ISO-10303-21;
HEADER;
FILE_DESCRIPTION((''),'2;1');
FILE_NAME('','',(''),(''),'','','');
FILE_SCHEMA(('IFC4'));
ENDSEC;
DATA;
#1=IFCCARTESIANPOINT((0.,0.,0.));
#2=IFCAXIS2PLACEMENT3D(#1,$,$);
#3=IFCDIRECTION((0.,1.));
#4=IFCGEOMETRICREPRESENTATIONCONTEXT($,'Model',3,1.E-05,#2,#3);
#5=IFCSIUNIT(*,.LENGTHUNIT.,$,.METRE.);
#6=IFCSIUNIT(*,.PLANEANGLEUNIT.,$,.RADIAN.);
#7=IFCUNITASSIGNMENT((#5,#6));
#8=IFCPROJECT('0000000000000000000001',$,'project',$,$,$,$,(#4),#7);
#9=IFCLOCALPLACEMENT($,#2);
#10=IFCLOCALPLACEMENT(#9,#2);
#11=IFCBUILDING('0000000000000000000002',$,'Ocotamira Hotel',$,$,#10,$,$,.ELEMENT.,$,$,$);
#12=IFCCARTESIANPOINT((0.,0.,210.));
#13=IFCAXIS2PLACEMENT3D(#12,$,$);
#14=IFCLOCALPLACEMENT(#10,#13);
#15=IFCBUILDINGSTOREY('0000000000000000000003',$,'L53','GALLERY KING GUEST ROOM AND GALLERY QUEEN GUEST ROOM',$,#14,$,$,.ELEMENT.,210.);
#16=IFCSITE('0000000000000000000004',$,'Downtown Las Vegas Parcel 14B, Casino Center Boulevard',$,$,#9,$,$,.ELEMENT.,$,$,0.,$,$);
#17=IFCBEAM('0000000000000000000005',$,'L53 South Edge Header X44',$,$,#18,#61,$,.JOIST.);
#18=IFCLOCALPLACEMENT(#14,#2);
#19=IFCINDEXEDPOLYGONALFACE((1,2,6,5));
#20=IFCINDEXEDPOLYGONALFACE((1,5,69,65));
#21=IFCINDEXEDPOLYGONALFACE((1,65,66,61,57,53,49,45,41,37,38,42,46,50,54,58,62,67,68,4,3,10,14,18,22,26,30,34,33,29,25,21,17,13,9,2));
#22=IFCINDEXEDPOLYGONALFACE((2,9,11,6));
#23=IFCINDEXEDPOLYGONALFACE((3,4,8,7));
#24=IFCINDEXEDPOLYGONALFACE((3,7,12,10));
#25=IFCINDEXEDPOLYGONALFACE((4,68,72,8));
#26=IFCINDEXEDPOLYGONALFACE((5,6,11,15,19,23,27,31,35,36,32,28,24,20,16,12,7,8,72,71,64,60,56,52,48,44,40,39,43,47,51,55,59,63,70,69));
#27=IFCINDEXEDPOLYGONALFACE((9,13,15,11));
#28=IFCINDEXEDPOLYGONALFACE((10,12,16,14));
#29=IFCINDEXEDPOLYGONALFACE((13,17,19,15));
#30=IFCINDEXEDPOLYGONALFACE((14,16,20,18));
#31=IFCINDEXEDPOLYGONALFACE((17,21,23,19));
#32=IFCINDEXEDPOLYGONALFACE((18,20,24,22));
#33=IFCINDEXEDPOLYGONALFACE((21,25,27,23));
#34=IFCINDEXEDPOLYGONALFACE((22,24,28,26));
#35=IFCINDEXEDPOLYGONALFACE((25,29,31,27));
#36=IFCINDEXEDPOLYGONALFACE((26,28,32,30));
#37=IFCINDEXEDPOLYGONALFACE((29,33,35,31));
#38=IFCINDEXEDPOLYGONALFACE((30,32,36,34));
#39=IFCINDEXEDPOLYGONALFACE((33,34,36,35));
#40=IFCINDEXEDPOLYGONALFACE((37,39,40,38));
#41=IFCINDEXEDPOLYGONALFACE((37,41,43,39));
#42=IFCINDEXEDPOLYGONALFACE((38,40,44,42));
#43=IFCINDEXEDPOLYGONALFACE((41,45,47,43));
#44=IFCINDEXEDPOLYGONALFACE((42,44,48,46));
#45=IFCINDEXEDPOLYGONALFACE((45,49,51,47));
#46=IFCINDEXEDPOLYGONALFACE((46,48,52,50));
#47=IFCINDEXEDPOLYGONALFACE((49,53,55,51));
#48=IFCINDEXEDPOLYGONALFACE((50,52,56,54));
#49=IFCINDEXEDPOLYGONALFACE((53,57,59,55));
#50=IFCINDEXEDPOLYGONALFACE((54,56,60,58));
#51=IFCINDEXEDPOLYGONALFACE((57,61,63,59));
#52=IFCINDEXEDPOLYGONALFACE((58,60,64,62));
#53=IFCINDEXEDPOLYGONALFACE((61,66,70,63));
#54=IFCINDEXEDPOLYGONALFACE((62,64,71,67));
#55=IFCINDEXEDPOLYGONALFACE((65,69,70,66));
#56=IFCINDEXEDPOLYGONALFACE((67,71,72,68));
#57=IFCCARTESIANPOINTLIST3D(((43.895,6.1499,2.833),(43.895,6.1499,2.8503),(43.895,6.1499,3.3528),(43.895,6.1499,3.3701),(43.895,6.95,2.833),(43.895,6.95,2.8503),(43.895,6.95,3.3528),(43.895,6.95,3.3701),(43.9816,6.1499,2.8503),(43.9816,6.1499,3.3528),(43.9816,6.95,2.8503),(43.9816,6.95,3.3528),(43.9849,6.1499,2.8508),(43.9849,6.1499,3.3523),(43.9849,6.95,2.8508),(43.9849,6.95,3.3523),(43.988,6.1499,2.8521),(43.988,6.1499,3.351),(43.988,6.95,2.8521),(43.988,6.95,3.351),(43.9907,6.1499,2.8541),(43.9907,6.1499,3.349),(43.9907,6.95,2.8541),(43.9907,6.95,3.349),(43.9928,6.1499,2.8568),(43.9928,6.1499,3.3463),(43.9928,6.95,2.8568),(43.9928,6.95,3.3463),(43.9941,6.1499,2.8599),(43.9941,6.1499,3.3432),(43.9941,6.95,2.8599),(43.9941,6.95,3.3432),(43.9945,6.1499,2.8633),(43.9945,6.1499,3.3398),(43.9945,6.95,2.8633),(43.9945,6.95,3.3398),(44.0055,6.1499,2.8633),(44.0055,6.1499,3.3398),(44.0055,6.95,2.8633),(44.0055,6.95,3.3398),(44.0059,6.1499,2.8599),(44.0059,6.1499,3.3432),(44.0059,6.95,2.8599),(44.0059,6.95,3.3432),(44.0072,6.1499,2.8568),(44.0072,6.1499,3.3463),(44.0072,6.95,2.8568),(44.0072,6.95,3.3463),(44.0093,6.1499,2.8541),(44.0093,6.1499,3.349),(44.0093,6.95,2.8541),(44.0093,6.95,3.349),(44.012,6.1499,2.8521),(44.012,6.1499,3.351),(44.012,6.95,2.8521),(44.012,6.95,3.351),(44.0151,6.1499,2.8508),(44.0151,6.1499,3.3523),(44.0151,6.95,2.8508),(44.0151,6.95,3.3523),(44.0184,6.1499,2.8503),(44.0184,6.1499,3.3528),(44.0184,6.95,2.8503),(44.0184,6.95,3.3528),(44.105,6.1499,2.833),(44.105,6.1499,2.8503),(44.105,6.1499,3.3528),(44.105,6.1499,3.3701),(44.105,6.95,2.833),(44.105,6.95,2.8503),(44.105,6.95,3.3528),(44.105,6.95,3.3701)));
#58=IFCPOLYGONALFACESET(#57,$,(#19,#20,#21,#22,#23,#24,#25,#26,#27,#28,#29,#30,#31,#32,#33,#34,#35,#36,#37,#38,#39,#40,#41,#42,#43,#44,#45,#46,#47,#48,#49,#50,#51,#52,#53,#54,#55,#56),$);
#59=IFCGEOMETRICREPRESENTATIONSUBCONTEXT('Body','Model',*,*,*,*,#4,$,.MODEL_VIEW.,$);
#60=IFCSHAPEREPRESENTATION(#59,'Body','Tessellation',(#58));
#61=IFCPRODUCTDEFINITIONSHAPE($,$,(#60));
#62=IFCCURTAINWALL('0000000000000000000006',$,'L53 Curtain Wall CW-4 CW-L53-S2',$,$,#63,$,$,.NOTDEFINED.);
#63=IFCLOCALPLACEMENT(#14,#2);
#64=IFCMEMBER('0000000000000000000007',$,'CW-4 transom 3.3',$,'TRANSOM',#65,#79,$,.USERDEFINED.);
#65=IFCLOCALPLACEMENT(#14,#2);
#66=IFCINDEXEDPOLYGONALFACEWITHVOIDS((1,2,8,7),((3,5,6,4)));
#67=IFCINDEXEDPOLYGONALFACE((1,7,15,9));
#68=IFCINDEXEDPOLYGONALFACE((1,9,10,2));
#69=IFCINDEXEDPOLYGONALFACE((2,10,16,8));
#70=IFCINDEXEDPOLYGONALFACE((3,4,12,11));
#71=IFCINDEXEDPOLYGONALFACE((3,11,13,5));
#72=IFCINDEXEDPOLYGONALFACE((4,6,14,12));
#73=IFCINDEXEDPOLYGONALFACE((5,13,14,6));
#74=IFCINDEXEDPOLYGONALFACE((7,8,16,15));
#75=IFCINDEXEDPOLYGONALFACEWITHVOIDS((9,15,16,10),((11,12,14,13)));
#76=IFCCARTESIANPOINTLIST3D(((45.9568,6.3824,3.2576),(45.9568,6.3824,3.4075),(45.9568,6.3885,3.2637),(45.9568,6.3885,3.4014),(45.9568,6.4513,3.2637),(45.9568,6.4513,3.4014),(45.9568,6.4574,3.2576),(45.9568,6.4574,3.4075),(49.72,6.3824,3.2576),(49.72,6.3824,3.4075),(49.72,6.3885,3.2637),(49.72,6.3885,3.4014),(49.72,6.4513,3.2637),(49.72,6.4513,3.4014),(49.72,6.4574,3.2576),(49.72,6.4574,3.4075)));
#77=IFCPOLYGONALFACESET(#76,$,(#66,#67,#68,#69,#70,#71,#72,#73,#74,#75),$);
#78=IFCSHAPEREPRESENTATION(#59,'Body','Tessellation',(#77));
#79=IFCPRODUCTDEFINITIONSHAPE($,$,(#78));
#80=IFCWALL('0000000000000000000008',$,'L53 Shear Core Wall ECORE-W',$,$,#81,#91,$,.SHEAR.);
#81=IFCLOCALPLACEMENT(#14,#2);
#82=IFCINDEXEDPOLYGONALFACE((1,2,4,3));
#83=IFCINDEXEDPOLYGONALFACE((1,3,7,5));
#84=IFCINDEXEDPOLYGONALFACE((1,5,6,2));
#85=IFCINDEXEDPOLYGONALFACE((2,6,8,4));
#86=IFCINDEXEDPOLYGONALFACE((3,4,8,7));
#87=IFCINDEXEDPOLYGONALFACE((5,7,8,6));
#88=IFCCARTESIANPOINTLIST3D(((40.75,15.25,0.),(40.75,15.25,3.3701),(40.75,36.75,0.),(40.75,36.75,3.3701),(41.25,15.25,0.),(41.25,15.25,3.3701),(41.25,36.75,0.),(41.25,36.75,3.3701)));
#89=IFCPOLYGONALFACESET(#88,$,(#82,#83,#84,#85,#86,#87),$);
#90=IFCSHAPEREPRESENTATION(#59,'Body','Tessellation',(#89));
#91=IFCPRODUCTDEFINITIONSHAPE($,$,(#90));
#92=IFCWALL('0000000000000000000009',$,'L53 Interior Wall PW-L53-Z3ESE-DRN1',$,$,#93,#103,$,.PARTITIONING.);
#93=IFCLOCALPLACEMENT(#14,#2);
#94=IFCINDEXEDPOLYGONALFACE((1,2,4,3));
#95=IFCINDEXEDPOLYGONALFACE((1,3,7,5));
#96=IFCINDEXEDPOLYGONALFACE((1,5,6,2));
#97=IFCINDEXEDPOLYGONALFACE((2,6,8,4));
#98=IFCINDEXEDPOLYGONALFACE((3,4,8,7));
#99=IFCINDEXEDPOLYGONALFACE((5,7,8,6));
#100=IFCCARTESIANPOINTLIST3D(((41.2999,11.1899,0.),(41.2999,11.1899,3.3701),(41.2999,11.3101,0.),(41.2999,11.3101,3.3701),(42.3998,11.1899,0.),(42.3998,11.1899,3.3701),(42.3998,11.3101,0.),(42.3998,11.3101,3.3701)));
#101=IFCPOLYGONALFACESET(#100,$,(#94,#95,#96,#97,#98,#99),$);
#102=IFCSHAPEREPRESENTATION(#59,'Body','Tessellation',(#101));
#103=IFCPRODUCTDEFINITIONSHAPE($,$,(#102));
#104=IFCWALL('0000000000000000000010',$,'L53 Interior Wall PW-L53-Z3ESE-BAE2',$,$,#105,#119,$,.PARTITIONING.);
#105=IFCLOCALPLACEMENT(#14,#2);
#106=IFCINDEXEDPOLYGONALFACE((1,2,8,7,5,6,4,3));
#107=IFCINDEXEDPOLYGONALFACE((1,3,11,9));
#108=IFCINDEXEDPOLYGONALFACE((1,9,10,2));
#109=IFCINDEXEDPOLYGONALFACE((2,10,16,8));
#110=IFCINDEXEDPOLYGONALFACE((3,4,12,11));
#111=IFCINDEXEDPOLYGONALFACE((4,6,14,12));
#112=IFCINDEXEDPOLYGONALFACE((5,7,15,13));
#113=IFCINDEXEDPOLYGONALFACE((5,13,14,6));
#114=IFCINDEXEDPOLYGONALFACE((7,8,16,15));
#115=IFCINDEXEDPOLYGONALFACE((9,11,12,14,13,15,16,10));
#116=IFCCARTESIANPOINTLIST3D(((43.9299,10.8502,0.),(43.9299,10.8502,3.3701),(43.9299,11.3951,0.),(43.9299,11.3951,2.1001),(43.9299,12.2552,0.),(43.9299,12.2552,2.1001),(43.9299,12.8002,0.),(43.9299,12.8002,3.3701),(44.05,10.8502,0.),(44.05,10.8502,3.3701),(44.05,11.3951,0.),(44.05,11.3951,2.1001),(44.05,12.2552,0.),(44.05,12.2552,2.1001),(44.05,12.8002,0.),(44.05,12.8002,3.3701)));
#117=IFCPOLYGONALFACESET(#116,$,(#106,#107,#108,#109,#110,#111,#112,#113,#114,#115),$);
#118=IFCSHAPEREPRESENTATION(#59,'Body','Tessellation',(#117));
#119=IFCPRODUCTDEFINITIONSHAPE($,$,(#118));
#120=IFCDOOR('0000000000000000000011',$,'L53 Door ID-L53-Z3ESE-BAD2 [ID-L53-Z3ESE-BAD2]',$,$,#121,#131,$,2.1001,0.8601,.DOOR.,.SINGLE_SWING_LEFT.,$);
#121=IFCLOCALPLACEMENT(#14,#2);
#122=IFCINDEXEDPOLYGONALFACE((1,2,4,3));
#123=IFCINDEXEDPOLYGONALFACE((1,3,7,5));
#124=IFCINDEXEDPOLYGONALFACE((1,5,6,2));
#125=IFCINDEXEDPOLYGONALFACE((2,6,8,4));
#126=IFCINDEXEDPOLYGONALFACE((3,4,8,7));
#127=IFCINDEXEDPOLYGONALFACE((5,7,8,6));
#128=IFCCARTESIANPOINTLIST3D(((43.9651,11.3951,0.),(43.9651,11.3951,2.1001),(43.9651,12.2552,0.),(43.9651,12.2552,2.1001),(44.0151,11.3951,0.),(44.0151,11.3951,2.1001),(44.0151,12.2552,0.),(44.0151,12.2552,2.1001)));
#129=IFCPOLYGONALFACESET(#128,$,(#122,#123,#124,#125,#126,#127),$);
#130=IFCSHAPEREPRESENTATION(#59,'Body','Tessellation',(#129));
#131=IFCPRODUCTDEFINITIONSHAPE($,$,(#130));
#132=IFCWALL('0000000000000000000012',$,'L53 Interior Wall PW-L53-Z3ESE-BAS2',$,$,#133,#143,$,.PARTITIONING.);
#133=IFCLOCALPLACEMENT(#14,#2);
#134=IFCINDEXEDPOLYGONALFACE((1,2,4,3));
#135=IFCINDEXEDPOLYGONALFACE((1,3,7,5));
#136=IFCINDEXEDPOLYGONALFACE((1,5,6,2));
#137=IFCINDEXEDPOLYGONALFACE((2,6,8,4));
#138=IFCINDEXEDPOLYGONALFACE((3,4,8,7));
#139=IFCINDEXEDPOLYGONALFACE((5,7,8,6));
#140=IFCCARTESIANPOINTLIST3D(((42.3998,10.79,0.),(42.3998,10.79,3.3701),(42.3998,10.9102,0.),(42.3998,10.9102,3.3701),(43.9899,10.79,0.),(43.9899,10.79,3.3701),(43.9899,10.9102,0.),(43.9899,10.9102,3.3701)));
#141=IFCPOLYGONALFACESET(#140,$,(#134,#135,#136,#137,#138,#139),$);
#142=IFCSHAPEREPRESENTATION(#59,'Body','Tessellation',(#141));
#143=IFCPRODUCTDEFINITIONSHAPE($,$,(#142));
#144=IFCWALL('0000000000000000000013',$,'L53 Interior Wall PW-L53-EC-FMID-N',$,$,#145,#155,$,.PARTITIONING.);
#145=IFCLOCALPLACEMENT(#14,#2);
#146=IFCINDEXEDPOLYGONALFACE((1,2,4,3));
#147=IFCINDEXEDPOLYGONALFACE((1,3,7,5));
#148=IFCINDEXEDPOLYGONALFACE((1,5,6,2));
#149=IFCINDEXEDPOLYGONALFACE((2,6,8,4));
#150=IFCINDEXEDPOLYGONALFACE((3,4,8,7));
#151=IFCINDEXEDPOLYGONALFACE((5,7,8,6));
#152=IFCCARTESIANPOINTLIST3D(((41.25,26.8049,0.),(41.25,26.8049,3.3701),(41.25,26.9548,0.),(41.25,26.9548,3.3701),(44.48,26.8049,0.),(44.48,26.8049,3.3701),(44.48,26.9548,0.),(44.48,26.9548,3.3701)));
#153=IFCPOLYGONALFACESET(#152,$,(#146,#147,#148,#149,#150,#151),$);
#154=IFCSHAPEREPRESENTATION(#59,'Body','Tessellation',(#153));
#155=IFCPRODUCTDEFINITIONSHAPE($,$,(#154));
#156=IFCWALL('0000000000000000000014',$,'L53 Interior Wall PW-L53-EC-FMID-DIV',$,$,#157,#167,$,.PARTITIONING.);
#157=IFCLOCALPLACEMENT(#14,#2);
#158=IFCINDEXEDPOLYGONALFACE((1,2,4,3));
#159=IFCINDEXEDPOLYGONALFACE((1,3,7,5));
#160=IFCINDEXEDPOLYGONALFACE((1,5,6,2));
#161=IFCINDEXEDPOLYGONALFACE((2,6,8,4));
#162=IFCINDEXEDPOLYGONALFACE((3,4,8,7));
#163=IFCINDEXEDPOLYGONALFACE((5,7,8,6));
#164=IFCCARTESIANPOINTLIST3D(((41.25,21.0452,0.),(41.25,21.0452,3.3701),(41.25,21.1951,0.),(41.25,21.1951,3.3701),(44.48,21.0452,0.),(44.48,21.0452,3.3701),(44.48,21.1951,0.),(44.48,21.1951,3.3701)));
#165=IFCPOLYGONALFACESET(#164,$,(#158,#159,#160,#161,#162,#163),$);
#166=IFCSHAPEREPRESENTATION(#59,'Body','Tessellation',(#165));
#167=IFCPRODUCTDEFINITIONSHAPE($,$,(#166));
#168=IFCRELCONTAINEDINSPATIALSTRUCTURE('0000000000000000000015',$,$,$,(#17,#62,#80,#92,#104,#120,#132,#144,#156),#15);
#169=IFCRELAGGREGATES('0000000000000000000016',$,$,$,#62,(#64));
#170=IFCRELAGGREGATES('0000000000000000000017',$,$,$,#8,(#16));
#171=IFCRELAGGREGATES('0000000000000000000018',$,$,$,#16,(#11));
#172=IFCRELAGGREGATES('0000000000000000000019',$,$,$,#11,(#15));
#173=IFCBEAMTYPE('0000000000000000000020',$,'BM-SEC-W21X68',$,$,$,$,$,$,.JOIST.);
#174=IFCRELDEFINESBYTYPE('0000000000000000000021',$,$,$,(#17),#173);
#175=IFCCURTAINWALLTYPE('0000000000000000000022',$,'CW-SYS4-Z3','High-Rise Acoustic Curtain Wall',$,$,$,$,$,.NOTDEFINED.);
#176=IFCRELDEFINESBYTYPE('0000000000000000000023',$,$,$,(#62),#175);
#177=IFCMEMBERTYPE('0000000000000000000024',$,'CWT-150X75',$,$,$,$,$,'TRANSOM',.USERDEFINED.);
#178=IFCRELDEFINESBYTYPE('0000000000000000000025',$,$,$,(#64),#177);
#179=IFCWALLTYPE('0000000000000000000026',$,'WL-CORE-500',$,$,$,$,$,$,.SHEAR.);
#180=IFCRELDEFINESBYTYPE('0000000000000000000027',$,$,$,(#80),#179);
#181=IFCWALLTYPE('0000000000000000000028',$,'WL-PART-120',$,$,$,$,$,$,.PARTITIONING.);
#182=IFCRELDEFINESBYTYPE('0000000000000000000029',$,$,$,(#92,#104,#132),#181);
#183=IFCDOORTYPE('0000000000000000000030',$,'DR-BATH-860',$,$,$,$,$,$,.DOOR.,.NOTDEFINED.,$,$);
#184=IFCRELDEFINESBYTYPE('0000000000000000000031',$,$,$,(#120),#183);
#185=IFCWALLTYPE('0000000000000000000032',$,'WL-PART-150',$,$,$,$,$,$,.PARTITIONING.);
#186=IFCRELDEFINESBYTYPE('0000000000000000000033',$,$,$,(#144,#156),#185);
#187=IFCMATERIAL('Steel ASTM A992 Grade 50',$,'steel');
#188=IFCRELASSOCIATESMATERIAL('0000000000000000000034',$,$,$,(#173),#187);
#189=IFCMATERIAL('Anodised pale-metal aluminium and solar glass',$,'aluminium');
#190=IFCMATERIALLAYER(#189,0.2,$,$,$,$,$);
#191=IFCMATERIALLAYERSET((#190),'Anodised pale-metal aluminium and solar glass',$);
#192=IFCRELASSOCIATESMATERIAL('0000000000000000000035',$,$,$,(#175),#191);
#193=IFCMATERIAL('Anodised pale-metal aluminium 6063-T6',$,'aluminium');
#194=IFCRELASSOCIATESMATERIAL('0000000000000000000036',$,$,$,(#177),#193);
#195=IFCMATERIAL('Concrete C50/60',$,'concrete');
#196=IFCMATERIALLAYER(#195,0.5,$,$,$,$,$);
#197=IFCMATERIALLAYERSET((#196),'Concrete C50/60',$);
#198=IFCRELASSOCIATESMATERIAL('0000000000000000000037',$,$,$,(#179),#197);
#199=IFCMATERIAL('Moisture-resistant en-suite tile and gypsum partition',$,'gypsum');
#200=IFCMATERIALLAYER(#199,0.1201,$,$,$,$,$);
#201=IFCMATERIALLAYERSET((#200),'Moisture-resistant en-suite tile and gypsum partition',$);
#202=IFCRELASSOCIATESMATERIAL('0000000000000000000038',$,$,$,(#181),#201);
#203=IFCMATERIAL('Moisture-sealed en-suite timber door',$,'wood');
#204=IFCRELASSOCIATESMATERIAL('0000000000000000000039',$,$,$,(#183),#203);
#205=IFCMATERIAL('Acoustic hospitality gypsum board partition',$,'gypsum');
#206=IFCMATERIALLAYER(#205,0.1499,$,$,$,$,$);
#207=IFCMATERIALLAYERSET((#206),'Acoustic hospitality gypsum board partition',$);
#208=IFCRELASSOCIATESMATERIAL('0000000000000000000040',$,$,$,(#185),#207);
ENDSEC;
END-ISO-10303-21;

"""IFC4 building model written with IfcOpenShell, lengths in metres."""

from ifc_helpers import new_model, si_unit, direction, frame, frame_2d, origin, origin_2d, place, context, subcontext, project, spatial, rectangle, hollow_rectangle, i_section, extrude, source, transform, mapped, material, layer, layer_set, material_profile, profile_set, type_object, element, fill, aggregate, save


model = new_model("IFC4")

# Units and contexts
model_context = context("Model", 3, precision=1e-05, world=origin(), true_north=direction((0.0, 1.0)))
body_context = subcontext(model_context, "Body", "Model", "MODEL_VIEW")
ifc_project = project(units=[si_unit("LENGTHUNIT", "METRE"), si_unit("PLANEANGLEUNIT", "RADIAN")], contexts=[model_context])

# Site, building, storey
site_placement = place(None, origin())
site = spatial("IfcSite", under=ifc_project, at=site_placement, Name="Downtown Las Vegas Parcel 14B, Casino Center Boulevard", CompositionType="ELEMENT", RefElevation=0.0)
building_placement = place(site_placement, origin())
building = spatial("IfcBuilding", under=site, at=building_placement, Name="Ocotamira Hotel", CompositionType="ELEMENT")
storey_placement = place(building_placement, frame((0.0, 0.0, 210.0)))
storey = spatial("IfcBuildingStorey", under=building, at=storey_placement, Name="L53", Description="GALLERY KING GUEST ROOM AND GALLERY QUEEN GUEST ROOM", CompositionType="ELEMENT", Elevation=210.0)

# Beam
ifc_material_1 = material(Name="Steel ASTM A992 Grade 50", Category="steel")
ifc_material_profile_1 = material_profile(ifc_material_1, i_section(OverallWidth=0.21, OverallDepth=0.5371, WebThickness=0.011, FlangeThickness=0.0173, FilletRadius=0.0129, at=origin_2d()), Name="W21X68")
ifc_profile_set_1 = profile_set([ifc_material_profile_1], Name="Steel ASTM A992 Grade 50")
beam_type_1 = type_object("IfcBeamType", Name="BM-SEC-W21X68", PredefinedType="JOIST", material=ifc_profile_set_1)
shared_shape_1 = source(origin(), body_context, "Body", "SweptSolid", [
    extrude(i_section(OverallWidth=0.21, OverallDepth=0.5371, WebThickness=0.011, FlangeThickness=0.0173, FilletRadius=0.0129, at=origin_2d()), origin(), (0.0, 0.0, 1.0), 0.8),
])
beam_1_placement = place(storey_placement, frame((44.0, 6.95, 3.1016), z_axis=(0.0, -1.0, 0.0), x_axis=(1.0, 0.0, 0.0)))
element("IfcBeam", 1, at=beam_1_placement, inside=storey, type_object=beam_type_1, Name="L53 South Edge Header X44", PredefinedType="JOIST", context=body_context, shape_type="MappedRepresentation", body=[
    mapped(shared_shape_1, transform((0.0, 0.0, 0.0), scale=1.0)),
])

# Curtain wall, member
ifc_material_2 = material(Name="Anodised pale-metal aluminium and solar glass", Category="aluminium")
ifc_layer_1 = layer(ifc_material_2, 0.2)
ifc_layer_set_1 = layer_set([ifc_layer_1], Name="Anodised pale-metal aluminium and solar glass")
curtain_wall_type = type_object("IfcCurtainWallType", Name="CW-SYS4-Z3", Description="High-Rise Acoustic Curtain Wall", PredefinedType="NOTDEFINED", material=ifc_layer_set_1)
curtain_wall_placement = place(storey_placement, origin())
curtain_wall = element("IfcCurtainWall", 2, at=curtain_wall_placement, inside=storey, type_object=curtain_wall_type, Name="L53 Curtain Wall CW-4 CW-L53-S2", PredefinedType="NOTDEFINED")
ifc_material_3 = material(Name="Anodised pale-metal aluminium 6063-T6", Category="aluminium")
ifc_material_profile_2 = material_profile(ifc_material_3, hollow_rectangle(XDim=0.075, YDim=0.1499, WallThickness=0.0061, at=origin_2d()), Name="HSS150X75X6")
ifc_profile_set_2 = profile_set([ifc_material_profile_2], Name="Anodised pale-metal aluminium 6063-T6")
member_type = type_object("IfcMemberType", Name="CWT-150X75", ElementType="TRANSOM", PredefinedType="USERDEFINED", material=ifc_profile_set_2)
shared_shape_2 = source(origin(), body_context, "Body", "SweptSolid", [
    extrude(hollow_rectangle(XDim=0.075, YDim=0.1499, WallThickness=0.0061, at=origin_2d()), origin(), (0.0, 0.0, 1.0), 3.7632),
])
member_placement = place(storey_placement, frame((45.9568, 6.4199, 3.3325), z_axis=(1.0, 0.0, 0.0), x_axis=(0.0, 1.0, 0.0)))
member = element("IfcMember", 3, at=member_placement, type_object=member_type, Name="CW-4 transom 3.3", ObjectType="TRANSOM", PredefinedType="USERDEFINED", context=body_context, shape_type="MappedRepresentation", body=[
    mapped(shared_shape_2, transform((0.0, 0.0, 0.0), scale=1.0)),
])
aggregate(curtain_wall, [member])

# Shared definitions
ifc_material_4 = material(Name="Concrete C50/60", Category="concrete")
ifc_layer_2 = layer(ifc_material_4, 0.5)
ifc_layer_set_2 = layer_set([ifc_layer_2], Name="Concrete C50/60")
wall_type_1 = type_object("IfcWallType", Name="WL-CORE-500", PredefinedType="SHEAR", material=ifc_layer_set_2)

# Walls
wall_1_placement = place(storey_placement, frame((41.0, 15.25, 0.0), z_axis=(0.0, 0.0, 1.0), x_axis=(0.0, 1.0, 0.0)))
element("IfcWall", 4, at=wall_1_placement, inside=storey, type_object=wall_type_1, Name="L53 Shear Core Wall ECORE-W", PredefinedType="SHEAR", context=body_context, shape_type="SweptSolid", body=[
    extrude(rectangle(XDim=21.5, YDim=0.5, at=frame_2d((10.75, 0.0))), origin(), (0.0, 0.0, 1.0), 3.3701),
])
ifc_material_5 = material(Name="Moisture-resistant en-suite tile and gypsum partition", Category="gypsum")
ifc_layer_3 = layer(ifc_material_5, 0.1201)
ifc_layer_set_3 = layer_set([ifc_layer_3], Name="Moisture-resistant en-suite tile and gypsum partition")
wall_type_2 = type_object("IfcWallType", Name="WL-PART-120", PredefinedType="PARTITIONING", material=ifc_layer_set_3)
wall_2_placement = place(storey_placement, frame((41.3, 11.25, 0.0), z_axis=(0.0, 0.0, 1.0), x_axis=(1.0, 0.0, 0.0)))
element("IfcWall", 5, at=wall_2_placement, inside=storey, type_object=wall_type_2, Name="L53 Interior Wall PW-L53-Z3ESE-DRN1", PredefinedType="PARTITIONING", context=body_context, shape_type="SweptSolid", body=[
    extrude(rectangle(XDim=1.0999, YDim=0.1201, at=frame_2d((0.5498, 0.0))), origin(), (0.0, 0.0, 1.0), 3.3701),
])

# Wall, opening, door
wall_3_placement = place(storey_placement, frame((43.99, 10.8501, 0.0), z_axis=(0.0, 0.0, 1.0), x_axis=(0.0, 1.0, 0.0)))
wall_3 = element("IfcWall", 6, at=wall_3_placement, inside=storey, type_object=wall_type_2, Name="L53 Interior Wall PW-L53-Z3ESE-BAE2", PredefinedType="PARTITIONING", context=body_context, shape_type="SweptSolid", body=[
    extrude(rectangle(XDim=1.95, YDim=0.1201, at=frame_2d((0.9751, 0.0))), origin(), (0.0, 0.0, 1.0), 3.3701),
])
opening_1_placement = place(wall_3_placement, frame((0.5449, 0.0, 0.0)))
opening_1 = element("IfcOpeningElement", 7, at=opening_1_placement, cuts=wall_3, PredefinedType="OPENING", context=body_context, shape_type="SweptSolid", body=[
    extrude(rectangle(XDim=0.8601, YDim=2.1001, at=frame_2d((0.4302, 1.05))), frame((0.0, 0.0701, 0.0), z_axis=(0.0, -1.0, 0.0), x_axis=(1.0, 0.0, 0.0)), (0.0, 0.0, 1.0), 0.1401),
])
ifc_material_6 = material(Name="Moisture-sealed en-suite timber door", Category="wood")
door_type_1 = type_object("IfcDoorType", Name="DR-BATH-860", OperationType="NOTDEFINED", PredefinedType="DOOR", material=ifc_material_6)
shared_shape_3 = source(origin(), body_context, "Body", "SweptSolid", [
    extrude(rectangle(XDim=0.8601, YDim=2.1001, at=frame_2d((0.4302, 1.05))), frame((0.0, 0.0249, 0.0), z_axis=(0.0, -1.0, 0.0), x_axis=(1.0, 0.0, 0.0)), (0.0, 0.0, 1.0), 0.05),
])
door_1_placement = place(opening_1_placement, origin())
door_1 = element("IfcDoor", 8, at=door_1_placement, inside=storey, type_object=door_type_1, Name="L53 Door ID-L53-Z3ESE-BAD2 [ID-L53-Z3ESE-BAD2]", OperationType="SINGLE_SWING_LEFT", OverallHeight=2.1001, OverallWidth=0.8601, PredefinedType="DOOR", context=body_context, shape_type="MappedRepresentation", body=[
    mapped(shared_shape_3, transform((0.0, 0.0, 0.0), scale=1.0)),
])
fill(opening_1, door_1)

# Walls
wall_4_placement = place(storey_placement, frame((42.3999, 10.8501, 0.0), z_axis=(0.0, 0.0, 1.0), x_axis=(1.0, 0.0, 0.0)))
element("IfcWall", 9, at=wall_4_placement, inside=storey, type_object=wall_type_2, Name="L53 Interior Wall PW-L53-Z3ESE-BAS2", PredefinedType="PARTITIONING", context=body_context, shape_type="SweptSolid", body=[
    extrude(rectangle(XDim=1.5901, YDim=0.1201, at=frame_2d((0.7949, 0.0))), origin(), (0.0, 0.0, 1.0), 3.3701),
])
ifc_material_7 = material(Name="Acoustic hospitality gypsum board partition", Category="gypsum")
ifc_layer_4 = layer(ifc_material_7, 0.1499)
ifc_layer_set_4 = layer_set([ifc_layer_4], Name="Acoustic hospitality gypsum board partition")
wall_type_3 = type_object("IfcWallType", Name="WL-PART-150", PredefinedType="PARTITIONING", material=ifc_layer_set_4)
for number, where, z_axis, x_axis, name in (
    (10, (41.25, 26.8799, 0.0), (0.0, 0.0, 1.0), (1.0, 0.0, 0.0), "L53 Interior Wall PW-L53-EC-FMID-N"),
    (11, (41.25, 21.1201, 0.0), (0.0, 0.0, 1.0), (1.0, 0.0, 0.0), "L53 Interior Wall PW-L53-EC-FMID-DIV"),
):
    element("IfcWall", number, at=place(storey_placement, frame(where, z_axis=z_axis, x_axis=x_axis)), inside=storey, type_object=wall_type_3, Name=name, PredefinedType="PARTITIONING", context=body_context, shape_type="SweptSolid", body=[
        extrude(rectangle(XDim=3.23, YDim=0.1499, at=frame_2d((1.615, 0.0))), origin(), (0.0, 0.0, 1.0), 3.3701),
    ])

save(model, "model.ifc")
